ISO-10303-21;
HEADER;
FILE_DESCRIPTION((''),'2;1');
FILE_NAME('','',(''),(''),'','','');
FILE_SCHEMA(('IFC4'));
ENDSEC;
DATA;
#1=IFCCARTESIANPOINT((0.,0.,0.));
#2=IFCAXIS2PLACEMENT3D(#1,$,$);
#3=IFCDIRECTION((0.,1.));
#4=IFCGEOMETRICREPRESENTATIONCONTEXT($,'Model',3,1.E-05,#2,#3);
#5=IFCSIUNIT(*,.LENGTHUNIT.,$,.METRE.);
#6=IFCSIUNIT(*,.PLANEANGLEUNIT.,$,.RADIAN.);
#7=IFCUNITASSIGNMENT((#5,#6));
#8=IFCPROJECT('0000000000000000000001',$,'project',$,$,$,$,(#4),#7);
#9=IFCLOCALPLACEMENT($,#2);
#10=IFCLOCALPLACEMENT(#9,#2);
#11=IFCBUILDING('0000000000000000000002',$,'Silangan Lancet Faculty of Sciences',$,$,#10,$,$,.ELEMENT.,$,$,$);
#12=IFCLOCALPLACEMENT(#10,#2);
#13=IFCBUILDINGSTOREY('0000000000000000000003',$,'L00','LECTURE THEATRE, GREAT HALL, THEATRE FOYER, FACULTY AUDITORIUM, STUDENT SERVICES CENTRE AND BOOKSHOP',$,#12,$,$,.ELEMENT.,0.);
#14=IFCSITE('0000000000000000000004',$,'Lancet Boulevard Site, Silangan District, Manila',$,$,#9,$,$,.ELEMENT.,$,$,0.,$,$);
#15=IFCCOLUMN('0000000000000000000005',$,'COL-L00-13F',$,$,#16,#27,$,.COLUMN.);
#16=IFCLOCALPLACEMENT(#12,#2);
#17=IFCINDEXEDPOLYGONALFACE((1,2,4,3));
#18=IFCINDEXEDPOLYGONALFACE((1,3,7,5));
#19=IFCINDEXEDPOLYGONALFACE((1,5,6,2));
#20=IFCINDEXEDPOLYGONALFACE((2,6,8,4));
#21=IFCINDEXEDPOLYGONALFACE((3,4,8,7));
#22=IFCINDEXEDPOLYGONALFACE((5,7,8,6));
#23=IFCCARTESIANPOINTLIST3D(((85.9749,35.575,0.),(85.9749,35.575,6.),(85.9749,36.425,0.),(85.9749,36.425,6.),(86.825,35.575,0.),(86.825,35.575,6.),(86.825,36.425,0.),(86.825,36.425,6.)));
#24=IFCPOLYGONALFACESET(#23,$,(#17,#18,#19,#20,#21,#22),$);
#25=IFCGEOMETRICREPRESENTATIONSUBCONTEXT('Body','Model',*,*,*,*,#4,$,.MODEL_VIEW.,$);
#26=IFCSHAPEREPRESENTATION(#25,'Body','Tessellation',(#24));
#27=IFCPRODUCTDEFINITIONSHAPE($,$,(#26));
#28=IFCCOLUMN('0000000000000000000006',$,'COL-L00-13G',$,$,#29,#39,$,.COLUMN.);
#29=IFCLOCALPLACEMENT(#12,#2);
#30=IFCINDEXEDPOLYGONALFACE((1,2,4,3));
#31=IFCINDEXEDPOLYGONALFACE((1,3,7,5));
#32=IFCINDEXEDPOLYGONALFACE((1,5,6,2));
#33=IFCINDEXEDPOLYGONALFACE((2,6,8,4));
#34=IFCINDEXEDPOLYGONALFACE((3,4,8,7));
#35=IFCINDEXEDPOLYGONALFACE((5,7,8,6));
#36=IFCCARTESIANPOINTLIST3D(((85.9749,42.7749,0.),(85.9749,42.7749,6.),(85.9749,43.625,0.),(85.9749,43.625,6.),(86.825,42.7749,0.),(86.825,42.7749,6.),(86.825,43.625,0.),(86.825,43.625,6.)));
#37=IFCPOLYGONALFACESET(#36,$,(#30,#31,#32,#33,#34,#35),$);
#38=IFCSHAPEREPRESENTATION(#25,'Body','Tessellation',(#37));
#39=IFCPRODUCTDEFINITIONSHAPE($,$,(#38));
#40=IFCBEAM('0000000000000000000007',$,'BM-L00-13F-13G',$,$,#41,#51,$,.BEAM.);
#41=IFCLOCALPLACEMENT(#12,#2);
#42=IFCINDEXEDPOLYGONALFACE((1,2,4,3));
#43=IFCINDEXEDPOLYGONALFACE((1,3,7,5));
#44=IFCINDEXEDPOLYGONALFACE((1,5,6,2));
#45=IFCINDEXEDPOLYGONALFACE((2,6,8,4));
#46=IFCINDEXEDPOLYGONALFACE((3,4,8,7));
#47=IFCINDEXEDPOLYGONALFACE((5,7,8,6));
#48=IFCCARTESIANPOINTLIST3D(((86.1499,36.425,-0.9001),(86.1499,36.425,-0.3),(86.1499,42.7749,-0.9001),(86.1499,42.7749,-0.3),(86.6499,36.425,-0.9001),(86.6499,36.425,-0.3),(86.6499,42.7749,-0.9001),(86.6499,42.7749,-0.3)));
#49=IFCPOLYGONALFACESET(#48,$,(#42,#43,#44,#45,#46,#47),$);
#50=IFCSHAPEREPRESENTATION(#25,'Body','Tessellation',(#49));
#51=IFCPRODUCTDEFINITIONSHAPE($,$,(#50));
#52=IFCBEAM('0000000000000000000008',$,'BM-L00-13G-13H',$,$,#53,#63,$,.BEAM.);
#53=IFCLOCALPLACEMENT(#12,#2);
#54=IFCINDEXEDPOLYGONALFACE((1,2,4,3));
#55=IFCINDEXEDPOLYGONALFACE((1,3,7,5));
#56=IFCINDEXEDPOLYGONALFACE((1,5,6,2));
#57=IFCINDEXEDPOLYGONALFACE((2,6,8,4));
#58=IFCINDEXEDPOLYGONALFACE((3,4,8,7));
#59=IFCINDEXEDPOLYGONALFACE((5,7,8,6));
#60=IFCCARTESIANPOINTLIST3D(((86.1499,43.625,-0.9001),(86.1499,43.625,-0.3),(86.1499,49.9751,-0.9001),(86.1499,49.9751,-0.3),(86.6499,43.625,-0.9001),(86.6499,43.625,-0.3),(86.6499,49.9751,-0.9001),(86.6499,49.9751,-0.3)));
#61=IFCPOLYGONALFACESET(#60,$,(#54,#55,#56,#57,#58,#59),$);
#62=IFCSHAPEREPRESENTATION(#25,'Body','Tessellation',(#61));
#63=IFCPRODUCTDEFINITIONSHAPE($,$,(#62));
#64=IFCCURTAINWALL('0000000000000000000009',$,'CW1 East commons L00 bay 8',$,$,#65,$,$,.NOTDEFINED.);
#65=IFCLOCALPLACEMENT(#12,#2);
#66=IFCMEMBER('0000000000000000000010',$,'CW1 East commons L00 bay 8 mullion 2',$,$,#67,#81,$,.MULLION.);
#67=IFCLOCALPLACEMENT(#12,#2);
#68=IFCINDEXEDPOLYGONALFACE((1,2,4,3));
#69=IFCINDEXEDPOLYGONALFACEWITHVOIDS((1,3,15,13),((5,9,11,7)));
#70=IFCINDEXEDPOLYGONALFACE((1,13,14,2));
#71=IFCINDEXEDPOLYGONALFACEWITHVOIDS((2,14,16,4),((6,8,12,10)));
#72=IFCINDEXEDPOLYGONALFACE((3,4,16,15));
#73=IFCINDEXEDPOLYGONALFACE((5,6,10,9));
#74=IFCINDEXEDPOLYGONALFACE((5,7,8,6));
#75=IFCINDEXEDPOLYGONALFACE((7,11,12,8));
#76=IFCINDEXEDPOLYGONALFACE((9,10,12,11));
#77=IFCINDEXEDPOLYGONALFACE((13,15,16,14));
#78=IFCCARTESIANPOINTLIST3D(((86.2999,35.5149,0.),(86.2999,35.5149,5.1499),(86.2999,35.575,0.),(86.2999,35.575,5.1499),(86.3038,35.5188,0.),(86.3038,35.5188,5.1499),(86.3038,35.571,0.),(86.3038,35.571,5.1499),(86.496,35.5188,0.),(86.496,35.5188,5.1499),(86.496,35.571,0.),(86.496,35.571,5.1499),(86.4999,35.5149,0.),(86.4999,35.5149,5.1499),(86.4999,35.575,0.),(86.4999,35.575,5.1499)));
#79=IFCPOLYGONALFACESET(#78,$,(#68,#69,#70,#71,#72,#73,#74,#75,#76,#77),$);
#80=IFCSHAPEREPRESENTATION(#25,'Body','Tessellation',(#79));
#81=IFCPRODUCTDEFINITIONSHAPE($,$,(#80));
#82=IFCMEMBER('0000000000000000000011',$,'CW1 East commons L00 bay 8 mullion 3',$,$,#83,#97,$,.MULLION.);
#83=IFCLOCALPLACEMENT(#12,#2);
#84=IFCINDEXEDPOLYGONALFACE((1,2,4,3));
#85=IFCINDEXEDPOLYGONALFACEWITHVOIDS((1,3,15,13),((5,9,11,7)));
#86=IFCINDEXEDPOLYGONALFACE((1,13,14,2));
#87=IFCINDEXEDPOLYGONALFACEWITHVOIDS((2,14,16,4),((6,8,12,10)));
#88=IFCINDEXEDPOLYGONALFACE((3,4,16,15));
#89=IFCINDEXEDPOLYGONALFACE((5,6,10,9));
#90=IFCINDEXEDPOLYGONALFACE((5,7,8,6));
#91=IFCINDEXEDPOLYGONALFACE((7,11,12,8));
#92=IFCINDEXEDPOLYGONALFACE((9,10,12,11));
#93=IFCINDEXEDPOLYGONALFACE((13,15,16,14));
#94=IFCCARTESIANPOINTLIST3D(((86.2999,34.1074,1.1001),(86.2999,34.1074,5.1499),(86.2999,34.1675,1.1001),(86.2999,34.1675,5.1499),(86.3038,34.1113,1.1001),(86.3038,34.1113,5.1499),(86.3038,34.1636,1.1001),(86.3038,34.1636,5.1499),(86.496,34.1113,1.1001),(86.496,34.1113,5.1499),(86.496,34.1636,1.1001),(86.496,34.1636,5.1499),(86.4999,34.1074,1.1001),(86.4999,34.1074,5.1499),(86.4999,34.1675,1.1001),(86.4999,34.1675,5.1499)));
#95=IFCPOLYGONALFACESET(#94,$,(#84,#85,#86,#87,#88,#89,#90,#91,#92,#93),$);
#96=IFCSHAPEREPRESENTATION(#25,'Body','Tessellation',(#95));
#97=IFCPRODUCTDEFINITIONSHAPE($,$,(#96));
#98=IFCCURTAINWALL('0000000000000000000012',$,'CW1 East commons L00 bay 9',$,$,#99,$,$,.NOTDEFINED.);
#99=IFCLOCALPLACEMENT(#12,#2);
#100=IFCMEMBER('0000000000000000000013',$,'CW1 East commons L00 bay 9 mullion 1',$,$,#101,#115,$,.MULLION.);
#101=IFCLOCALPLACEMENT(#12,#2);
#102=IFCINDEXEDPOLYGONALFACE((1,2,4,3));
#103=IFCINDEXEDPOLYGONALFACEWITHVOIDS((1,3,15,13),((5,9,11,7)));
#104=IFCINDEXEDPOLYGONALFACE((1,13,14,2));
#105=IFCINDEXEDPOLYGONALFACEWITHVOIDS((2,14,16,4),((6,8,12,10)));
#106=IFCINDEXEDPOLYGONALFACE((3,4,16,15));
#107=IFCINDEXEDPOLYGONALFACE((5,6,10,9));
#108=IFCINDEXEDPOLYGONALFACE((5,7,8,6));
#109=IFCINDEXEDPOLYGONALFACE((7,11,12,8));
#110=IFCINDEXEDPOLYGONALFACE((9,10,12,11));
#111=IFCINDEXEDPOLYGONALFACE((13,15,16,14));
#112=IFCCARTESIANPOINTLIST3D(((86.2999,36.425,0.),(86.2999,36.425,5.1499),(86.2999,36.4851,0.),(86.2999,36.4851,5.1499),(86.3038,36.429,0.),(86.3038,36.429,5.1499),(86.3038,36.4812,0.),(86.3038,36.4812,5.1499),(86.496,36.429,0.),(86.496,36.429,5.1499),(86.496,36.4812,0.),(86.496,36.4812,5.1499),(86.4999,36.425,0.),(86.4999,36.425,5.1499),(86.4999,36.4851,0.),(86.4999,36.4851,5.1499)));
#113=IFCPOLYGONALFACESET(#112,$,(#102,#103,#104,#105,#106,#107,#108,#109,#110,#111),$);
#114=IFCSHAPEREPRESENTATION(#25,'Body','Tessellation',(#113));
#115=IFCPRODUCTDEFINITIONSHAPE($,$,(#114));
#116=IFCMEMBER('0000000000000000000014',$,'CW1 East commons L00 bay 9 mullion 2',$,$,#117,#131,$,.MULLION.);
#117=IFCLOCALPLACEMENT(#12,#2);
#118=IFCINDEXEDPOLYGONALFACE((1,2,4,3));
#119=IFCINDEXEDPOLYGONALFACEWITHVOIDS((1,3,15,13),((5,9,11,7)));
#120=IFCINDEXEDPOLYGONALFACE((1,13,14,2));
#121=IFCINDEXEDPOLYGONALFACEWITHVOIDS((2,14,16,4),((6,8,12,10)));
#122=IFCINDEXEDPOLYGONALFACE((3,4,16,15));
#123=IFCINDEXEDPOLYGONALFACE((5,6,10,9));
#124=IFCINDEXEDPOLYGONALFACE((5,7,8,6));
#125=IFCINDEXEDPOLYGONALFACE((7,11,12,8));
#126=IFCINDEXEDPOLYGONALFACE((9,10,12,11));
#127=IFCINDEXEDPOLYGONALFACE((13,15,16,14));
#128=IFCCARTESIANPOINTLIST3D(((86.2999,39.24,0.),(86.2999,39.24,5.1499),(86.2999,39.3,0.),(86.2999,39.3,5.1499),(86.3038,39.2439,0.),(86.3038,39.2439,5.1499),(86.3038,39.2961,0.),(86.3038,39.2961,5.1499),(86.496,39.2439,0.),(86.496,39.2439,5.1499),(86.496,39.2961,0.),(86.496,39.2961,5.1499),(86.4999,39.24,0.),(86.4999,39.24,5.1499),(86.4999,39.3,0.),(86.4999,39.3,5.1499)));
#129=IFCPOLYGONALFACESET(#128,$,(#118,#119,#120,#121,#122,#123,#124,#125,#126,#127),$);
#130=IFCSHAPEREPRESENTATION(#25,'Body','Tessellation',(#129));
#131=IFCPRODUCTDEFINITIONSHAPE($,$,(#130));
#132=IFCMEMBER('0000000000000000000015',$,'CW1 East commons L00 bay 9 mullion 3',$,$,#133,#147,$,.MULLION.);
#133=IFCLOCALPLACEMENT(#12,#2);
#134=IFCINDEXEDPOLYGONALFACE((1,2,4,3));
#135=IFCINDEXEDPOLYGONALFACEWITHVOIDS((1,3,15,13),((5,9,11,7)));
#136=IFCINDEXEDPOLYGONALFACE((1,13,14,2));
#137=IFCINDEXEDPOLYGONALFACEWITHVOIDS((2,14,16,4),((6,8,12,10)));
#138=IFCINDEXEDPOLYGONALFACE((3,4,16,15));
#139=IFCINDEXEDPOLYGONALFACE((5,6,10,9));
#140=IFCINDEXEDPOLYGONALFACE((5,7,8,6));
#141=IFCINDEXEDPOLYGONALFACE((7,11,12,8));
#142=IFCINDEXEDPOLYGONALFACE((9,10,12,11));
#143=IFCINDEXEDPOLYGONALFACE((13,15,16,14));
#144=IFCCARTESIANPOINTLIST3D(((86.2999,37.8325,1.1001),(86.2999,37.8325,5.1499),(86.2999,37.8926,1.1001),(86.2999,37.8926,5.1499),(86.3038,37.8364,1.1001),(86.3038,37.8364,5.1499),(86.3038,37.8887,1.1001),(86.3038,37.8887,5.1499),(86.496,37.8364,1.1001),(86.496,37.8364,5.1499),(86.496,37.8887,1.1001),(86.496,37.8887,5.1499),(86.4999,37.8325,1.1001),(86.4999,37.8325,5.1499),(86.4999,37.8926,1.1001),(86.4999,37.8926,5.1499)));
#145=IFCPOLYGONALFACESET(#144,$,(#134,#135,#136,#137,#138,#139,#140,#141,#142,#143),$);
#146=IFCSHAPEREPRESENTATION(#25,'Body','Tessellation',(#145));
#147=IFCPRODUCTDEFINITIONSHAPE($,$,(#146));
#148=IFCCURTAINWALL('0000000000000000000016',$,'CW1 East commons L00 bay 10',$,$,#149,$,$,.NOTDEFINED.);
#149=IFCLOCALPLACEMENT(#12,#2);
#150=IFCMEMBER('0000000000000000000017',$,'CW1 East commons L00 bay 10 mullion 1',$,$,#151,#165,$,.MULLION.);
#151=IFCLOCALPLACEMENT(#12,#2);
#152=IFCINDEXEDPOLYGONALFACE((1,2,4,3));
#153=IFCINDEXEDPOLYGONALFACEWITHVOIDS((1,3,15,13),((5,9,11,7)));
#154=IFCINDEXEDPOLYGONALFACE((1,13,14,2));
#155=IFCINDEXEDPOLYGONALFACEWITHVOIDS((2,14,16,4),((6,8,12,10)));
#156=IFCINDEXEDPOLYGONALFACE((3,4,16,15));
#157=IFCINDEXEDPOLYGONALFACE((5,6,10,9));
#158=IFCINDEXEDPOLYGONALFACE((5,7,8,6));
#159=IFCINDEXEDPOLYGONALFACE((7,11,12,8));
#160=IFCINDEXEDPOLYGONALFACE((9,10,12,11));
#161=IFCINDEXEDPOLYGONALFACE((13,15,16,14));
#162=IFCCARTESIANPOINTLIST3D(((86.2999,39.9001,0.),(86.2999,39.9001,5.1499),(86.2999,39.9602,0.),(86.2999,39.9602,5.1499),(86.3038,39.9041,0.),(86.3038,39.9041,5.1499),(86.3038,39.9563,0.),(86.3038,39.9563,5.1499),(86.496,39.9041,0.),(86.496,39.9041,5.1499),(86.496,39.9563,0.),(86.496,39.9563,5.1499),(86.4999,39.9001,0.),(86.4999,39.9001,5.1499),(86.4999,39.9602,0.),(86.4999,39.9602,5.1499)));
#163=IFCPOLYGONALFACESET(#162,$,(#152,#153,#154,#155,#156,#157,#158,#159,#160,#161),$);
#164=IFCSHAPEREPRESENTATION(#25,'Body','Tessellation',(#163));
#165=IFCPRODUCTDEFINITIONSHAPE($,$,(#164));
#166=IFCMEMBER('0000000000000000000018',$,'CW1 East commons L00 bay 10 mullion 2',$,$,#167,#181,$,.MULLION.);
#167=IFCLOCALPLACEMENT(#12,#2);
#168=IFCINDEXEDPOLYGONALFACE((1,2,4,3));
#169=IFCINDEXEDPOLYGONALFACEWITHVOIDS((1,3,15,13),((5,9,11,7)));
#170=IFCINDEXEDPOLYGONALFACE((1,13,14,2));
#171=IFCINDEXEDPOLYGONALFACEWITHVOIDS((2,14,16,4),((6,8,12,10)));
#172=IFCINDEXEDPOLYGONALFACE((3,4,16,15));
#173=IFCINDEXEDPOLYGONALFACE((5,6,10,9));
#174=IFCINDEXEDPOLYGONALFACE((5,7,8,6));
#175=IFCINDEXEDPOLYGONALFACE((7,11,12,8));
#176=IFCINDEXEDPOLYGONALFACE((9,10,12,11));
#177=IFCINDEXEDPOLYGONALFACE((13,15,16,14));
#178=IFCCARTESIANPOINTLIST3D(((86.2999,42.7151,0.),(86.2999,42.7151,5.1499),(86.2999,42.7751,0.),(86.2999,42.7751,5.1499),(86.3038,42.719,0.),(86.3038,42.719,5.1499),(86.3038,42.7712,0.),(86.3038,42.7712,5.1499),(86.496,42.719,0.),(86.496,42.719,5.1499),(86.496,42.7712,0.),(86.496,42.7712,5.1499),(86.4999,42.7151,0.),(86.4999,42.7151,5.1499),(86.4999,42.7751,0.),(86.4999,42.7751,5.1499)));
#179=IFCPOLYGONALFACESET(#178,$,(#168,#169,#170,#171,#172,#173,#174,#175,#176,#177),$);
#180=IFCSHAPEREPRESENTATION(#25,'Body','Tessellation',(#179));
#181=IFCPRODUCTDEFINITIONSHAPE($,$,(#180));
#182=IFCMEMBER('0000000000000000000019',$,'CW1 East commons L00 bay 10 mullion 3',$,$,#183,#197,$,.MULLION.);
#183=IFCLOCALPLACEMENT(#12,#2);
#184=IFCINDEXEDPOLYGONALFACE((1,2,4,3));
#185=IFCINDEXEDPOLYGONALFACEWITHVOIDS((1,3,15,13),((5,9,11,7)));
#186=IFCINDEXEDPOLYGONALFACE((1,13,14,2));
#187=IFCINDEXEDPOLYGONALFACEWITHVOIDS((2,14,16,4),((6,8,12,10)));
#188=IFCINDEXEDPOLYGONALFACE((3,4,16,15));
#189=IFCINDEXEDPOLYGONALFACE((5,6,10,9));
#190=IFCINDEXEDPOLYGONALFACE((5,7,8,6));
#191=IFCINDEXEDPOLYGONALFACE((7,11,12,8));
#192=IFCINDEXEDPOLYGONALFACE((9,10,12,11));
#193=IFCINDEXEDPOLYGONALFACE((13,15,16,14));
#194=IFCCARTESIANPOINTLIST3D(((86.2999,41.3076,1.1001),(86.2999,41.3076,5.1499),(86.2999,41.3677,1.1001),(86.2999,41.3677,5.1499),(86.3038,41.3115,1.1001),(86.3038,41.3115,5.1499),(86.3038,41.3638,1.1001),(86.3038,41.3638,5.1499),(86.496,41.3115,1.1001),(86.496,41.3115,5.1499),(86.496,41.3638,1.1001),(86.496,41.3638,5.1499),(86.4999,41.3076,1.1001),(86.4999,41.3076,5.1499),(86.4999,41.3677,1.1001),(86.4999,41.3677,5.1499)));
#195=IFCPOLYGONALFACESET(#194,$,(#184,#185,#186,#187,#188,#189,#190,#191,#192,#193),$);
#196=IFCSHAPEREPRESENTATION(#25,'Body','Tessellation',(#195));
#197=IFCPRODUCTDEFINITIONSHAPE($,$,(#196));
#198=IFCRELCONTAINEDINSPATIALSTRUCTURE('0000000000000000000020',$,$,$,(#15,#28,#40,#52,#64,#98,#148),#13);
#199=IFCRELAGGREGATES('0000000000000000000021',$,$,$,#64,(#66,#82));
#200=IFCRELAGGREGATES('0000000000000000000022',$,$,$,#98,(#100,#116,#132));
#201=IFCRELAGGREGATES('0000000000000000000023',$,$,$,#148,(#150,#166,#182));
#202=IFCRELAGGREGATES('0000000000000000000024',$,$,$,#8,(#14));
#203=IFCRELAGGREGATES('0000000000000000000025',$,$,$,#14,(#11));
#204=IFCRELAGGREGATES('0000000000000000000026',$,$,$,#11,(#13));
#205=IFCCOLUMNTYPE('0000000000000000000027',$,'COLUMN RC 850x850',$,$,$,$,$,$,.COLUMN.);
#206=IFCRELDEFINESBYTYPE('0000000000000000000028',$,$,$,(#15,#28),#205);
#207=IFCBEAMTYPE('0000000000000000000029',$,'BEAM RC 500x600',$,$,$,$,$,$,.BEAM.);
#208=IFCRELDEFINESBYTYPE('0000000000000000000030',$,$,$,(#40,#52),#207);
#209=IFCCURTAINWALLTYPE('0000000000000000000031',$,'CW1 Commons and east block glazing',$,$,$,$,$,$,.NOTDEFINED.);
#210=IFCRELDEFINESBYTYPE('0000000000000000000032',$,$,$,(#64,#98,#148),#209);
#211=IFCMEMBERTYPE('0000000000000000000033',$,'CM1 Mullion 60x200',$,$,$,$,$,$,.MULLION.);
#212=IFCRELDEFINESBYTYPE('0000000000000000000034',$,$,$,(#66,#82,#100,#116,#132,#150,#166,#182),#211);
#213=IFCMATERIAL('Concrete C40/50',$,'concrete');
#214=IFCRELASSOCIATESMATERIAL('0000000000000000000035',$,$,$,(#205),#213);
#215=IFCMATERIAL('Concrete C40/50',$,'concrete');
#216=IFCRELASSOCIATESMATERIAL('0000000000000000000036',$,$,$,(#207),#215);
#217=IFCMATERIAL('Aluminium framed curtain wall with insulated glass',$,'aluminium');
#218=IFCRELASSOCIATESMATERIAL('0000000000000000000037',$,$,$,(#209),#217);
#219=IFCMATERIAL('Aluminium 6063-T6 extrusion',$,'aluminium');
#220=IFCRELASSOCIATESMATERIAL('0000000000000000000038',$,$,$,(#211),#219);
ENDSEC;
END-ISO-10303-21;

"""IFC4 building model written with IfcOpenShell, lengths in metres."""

from ifc_helpers import new_model, si_unit, direction, frame, origin, origin_2d, place, context, subcontext, project, spatial, rectangle, hollow_rectangle, extrude, material, material_profile, profile_set, type_object, element, aggregate, save


model = new_model("IFC4")

# Units and contexts
model_context = context("Model", 3, precision=1e-05, world=origin(), true_north=direction((0.0, 1.0)))
body_context = subcontext(model_context, "Body", "Model", "MODEL_VIEW")
ifc_project = project(units=[si_unit("LENGTHUNIT", "METRE"), si_unit("PLANEANGLEUNIT", "RADIAN")], contexts=[model_context])

# Site, building, storey
site_placement = place(None, origin())
site = spatial("IfcSite", under=ifc_project, at=site_placement, Name="Lancet Boulevard Site, Silangan District, Manila", CompositionType="ELEMENT", RefElevation=0.0)
building_placement = place(site_placement, origin())
building = spatial("IfcBuilding", under=site, at=building_placement, Name="Silangan Lancet Faculty of Sciences", CompositionType="ELEMENT")
storey_placement = place(building_placement, origin())
storey = spatial("IfcBuildingStorey", under=building, at=storey_placement, Name="L00", Description="LECTURE THEATRE, GREAT HALL, THEATRE FOYER, FACULTY AUDITORIUM, STUDENT SERVICES CENTRE AND BOOKSHOP", CompositionType="ELEMENT", Elevation=0.0)

# Columns
ifc_material_1 = material(Name="Concrete C40/50", Category="concrete")
ifc_material_profile_1 = material_profile(ifc_material_1, rectangle(XDim=0.8501, YDim=0.8501, at=origin_2d()), Name="RC 850x850")
ifc_profile_set_1 = profile_set([ifc_material_profile_1], Name="Concrete C40/50")
column_type = type_object("IfcColumnType", Name="COLUMN RC 850x850", PredefinedType="COLUMN", material=ifc_profile_set_1)
for number, where, z_axis, x_axis, name in (
    (1, (86.3999, 36.0, 0.0), (0.0, 0.0, 1.0), (1.0, 0.0, 0.0), "COL-L00-13F"),
    (2, (86.3999, 43.2, 0.0), (0.0, 0.0, 1.0), (1.0, 0.0, 0.0), "COL-L00-13G"),
):
    element("IfcColumn", number, at=place(storey_placement, frame(where, z_axis=z_axis, x_axis=x_axis)), inside=storey, type_object=column_type, Name=name, PredefinedType="COLUMN", context=body_context, shape_type="SweptSolid", body=[
        extrude(rectangle(XDim=0.8501, YDim=0.8501, at=origin_2d()), origin(), (0.0, 0.0, 1.0), 6.0),
    ])

# Beams
ifc_material_2 = material(Name="Concrete C40/50", Category="concrete")
ifc_material_profile_2 = material_profile(ifc_material_2, rectangle(XDim=0.5, YDim=0.6001, at=origin_2d()), Name="RC 500x600")
ifc_profile_set_2 = profile_set([ifc_material_profile_2], Name="Concrete C40/50")
beam_type = type_object("IfcBeamType", Name="BEAM RC 500x600", PredefinedType="BEAM", material=ifc_profile_set_2)
beam_1_placement = place(storey_placement, frame((86.3999, 36.425, -0.6001), z_axis=(0.0, 1.0, 0.0), x_axis=(-1.0, 0.0, 0.0)))
element("IfcBeam", 3, at=beam_1_placement, inside=storey, type_object=beam_type, Name="BM-L00-13F-13G", PredefinedType="BEAM", context=body_context, shape_type="SweptSolid", body=[
    extrude(rectangle(XDim=0.5, YDim=0.6001, at=origin_2d()), origin(), (0.0, 0.0, 1.0), 6.3499),
])
beam_2_placement = place(storey_placement, frame((86.3999, 43.625, -0.6001), z_axis=(0.0, 1.0, 0.0), x_axis=(-1.0, 0.0, 0.0)))
element("IfcBeam", 4, at=beam_2_placement, inside=storey, type_object=beam_type, Name="BM-L00-13G-13H", PredefinedType="BEAM", context=body_context, shape_type="SweptSolid", body=[
    extrude(rectangle(XDim=0.5, YDim=0.6001, at=origin_2d()), origin(), (0.0, 0.0, 1.0), 6.3501),
])

# Curtain walls, members
ifc_material_3 = material(Name="Aluminium framed curtain wall with insulated glass", Category="aluminium")
curtain_wall_type = type_object("IfcCurtainWallType", Name="CW1 Commons and east block glazing", PredefinedType="NOTDEFINED", material=ifc_material_3)
curtain_wall_1_placement = place(storey_placement, origin())
curtain_wall_1 = element("IfcCurtainWall", 5, at=curtain_wall_1_placement, inside=storey, type_object=curtain_wall_type, Name="CW1 East commons L00 bay 8", PredefinedType="NOTDEFINED")
ifc_material_4 = material(Name="Aluminium 6063-T6 extrusion", Category="aluminium")
ifc_material_profile_3 = material_profile(ifc_material_4, hollow_rectangle(XDim=0.0601, YDim=0.2, WallThickness=0.0039, at=origin_2d()), Name="AL BOX 60x200x4")
ifc_profile_set_3 = profile_set([ifc_material_profile_3], Name="Aluminium 6063-T6 extrusion")
member_type_1 = type_object("IfcMemberType", Name="CM1 Mullion 60x200", PredefinedType="MULLION", material=ifc_profile_set_3)
member_1_placement = place(storey_placement, frame((86.3999, 35.5449, 0.0), z_axis=(0.0, 0.0, 1.0), x_axis=(0.0, 1.0, 0.0)))
member_1 = element("IfcMember", 6, at=member_1_placement, type_object=member_type_1, Name="CW1 East commons L00 bay 8 mullion 2", PredefinedType="MULLION", context=body_context, shape_type="SweptSolid", body=[
    extrude(hollow_rectangle(XDim=0.0601, YDim=0.2, WallThickness=0.0039, at=origin_2d()), origin(), (0.0, 0.0, 1.0), 5.1499),
])
member_2_placement = place(storey_placement, frame((86.3999, 34.1375, 1.1001), z_axis=(0.0, 0.0, 1.0), x_axis=(0.0, 1.0, 0.0)))
member_2 = element("IfcMember", 7, at=member_2_placement, type_object=member_type_1, Name="CW1 East commons L00 bay 8 mullion 3", PredefinedType="MULLION", context=body_context, shape_type="SweptSolid", body=[
    extrude(hollow_rectangle(XDim=0.0601, YDim=0.2, WallThickness=0.0039, at=origin_2d()), origin(), (0.0, 0.0, 1.0), 4.0498),
])
curtain_wall_2_placement = place(storey_placement, origin())
curtain_wall_2 = element("IfcCurtainWall", 8, at=curtain_wall_2_placement, inside=storey, type_object=curtain_wall_type, Name="CW1 East commons L00 bay 9", PredefinedType="NOTDEFINED")
member_3_placement = place(storey_placement, frame((86.3999, 36.4551, 0.0), z_axis=(0.0, 0.0, 1.0), x_axis=(0.0, 1.0, 0.0)))
member_3 = element("IfcMember", 9, at=member_3_placement, type_object=member_type_1, Name="CW1 East commons L00 bay 9 mullion 1", PredefinedType="MULLION", context=body_context, shape_type="SweptSolid", body=[
    extrude(hollow_rectangle(XDim=0.0601, YDim=0.2, WallThickness=0.0039, at=origin_2d()), origin(), (0.0, 0.0, 1.0), 5.1499),
])
member_4_placement = place(storey_placement, frame((86.3999, 39.27, 0.0), z_axis=(0.0, 0.0, 1.0), x_axis=(0.0, 1.0, 0.0)))
member_4 = element("IfcMember", 10, at=member_4_placement, type_object=member_type_1, Name="CW1 East commons L00 bay 9 mullion 2", PredefinedType="MULLION", context=body_context, shape_type="SweptSolid", body=[
    extrude(hollow_rectangle(XDim=0.0601, YDim=0.2, WallThickness=0.0039, at=origin_2d()), origin(), (0.0, 0.0, 1.0), 5.1499),
])
member_5_placement = place(storey_placement, frame((86.3999, 37.8625, 1.1001), z_axis=(0.0, 0.0, 1.0), x_axis=(0.0, 1.0, 0.0)))
member_5 = element("IfcMember", 11, at=member_5_placement, type_object=member_type_1, Name="CW1 East commons L00 bay 9 mullion 3", PredefinedType="MULLION", context=body_context, shape_type="SweptSolid", body=[
    extrude(hollow_rectangle(XDim=0.0601, YDim=0.2, WallThickness=0.0039, at=origin_2d()), origin(), (0.0, 0.0, 1.0), 4.0498),
])
curtain_wall_3_placement = place(storey_placement, origin())
curtain_wall_3 = element("IfcCurtainWall", 12, at=curtain_wall_3_placement, inside=storey, type_object=curtain_wall_type, Name="CW1 East commons L00 bay 10", PredefinedType="NOTDEFINED")
member_6_placement = place(storey_placement, frame((86.3999, 39.9302, 0.0), z_axis=(0.0, 0.0, 1.0), x_axis=(0.0, 1.0, 0.0)))
member_6 = element("IfcMember", 13, at=member_6_placement, type_object=member_type_1, Name="CW1 East commons L00 bay 10 mullion 1", PredefinedType="MULLION", context=body_context, shape_type="SweptSolid", body=[
    extrude(hollow_rectangle(XDim=0.0601, YDim=0.2, WallThickness=0.0039, at=origin_2d()), origin(), (0.0, 0.0, 1.0), 5.1499),
])
member_7_placement = place(storey_placement, frame((86.3999, 42.7451, 0.0), z_axis=(0.0, 0.0, 1.0), x_axis=(0.0, 1.0, 0.0)))
member_7 = element("IfcMember", 14, at=member_7_placement, type_object=member_type_1, Name="CW1 East commons L00 bay 10 mullion 2", PredefinedType="MULLION", context=body_context, shape_type="SweptSolid", body=[
    extrude(hollow_rectangle(XDim=0.0601, YDim=0.2, WallThickness=0.0039, at=origin_2d()), origin(), (0.0, 0.0, 1.0), 5.1499),
])
member_8_placement = place(storey_placement, frame((86.3999, 41.3376, 1.1001), z_axis=(0.0, 0.0, 1.0), x_axis=(0.0, 1.0, 0.0)))
member_8 = element("IfcMember", 15, at=member_8_placement, type_object=member_type_1, Name="CW1 East commons L00 bay 10 mullion 3", PredefinedType="MULLION", context=body_context, shape_type="SweptSolid", body=[
    extrude(hollow_rectangle(XDim=0.0601, YDim=0.2, WallThickness=0.0039, at=origin_2d()), origin(), (0.0, 0.0, 1.0), 4.0498),
])

aggregate(curtain_wall_1, [member_1, member_2])
aggregate(curtain_wall_2, [member_3, member_4, member_5])
aggregate(curtain_wall_3, [member_6, member_7, member_8])

save(model, "model.ifc")
